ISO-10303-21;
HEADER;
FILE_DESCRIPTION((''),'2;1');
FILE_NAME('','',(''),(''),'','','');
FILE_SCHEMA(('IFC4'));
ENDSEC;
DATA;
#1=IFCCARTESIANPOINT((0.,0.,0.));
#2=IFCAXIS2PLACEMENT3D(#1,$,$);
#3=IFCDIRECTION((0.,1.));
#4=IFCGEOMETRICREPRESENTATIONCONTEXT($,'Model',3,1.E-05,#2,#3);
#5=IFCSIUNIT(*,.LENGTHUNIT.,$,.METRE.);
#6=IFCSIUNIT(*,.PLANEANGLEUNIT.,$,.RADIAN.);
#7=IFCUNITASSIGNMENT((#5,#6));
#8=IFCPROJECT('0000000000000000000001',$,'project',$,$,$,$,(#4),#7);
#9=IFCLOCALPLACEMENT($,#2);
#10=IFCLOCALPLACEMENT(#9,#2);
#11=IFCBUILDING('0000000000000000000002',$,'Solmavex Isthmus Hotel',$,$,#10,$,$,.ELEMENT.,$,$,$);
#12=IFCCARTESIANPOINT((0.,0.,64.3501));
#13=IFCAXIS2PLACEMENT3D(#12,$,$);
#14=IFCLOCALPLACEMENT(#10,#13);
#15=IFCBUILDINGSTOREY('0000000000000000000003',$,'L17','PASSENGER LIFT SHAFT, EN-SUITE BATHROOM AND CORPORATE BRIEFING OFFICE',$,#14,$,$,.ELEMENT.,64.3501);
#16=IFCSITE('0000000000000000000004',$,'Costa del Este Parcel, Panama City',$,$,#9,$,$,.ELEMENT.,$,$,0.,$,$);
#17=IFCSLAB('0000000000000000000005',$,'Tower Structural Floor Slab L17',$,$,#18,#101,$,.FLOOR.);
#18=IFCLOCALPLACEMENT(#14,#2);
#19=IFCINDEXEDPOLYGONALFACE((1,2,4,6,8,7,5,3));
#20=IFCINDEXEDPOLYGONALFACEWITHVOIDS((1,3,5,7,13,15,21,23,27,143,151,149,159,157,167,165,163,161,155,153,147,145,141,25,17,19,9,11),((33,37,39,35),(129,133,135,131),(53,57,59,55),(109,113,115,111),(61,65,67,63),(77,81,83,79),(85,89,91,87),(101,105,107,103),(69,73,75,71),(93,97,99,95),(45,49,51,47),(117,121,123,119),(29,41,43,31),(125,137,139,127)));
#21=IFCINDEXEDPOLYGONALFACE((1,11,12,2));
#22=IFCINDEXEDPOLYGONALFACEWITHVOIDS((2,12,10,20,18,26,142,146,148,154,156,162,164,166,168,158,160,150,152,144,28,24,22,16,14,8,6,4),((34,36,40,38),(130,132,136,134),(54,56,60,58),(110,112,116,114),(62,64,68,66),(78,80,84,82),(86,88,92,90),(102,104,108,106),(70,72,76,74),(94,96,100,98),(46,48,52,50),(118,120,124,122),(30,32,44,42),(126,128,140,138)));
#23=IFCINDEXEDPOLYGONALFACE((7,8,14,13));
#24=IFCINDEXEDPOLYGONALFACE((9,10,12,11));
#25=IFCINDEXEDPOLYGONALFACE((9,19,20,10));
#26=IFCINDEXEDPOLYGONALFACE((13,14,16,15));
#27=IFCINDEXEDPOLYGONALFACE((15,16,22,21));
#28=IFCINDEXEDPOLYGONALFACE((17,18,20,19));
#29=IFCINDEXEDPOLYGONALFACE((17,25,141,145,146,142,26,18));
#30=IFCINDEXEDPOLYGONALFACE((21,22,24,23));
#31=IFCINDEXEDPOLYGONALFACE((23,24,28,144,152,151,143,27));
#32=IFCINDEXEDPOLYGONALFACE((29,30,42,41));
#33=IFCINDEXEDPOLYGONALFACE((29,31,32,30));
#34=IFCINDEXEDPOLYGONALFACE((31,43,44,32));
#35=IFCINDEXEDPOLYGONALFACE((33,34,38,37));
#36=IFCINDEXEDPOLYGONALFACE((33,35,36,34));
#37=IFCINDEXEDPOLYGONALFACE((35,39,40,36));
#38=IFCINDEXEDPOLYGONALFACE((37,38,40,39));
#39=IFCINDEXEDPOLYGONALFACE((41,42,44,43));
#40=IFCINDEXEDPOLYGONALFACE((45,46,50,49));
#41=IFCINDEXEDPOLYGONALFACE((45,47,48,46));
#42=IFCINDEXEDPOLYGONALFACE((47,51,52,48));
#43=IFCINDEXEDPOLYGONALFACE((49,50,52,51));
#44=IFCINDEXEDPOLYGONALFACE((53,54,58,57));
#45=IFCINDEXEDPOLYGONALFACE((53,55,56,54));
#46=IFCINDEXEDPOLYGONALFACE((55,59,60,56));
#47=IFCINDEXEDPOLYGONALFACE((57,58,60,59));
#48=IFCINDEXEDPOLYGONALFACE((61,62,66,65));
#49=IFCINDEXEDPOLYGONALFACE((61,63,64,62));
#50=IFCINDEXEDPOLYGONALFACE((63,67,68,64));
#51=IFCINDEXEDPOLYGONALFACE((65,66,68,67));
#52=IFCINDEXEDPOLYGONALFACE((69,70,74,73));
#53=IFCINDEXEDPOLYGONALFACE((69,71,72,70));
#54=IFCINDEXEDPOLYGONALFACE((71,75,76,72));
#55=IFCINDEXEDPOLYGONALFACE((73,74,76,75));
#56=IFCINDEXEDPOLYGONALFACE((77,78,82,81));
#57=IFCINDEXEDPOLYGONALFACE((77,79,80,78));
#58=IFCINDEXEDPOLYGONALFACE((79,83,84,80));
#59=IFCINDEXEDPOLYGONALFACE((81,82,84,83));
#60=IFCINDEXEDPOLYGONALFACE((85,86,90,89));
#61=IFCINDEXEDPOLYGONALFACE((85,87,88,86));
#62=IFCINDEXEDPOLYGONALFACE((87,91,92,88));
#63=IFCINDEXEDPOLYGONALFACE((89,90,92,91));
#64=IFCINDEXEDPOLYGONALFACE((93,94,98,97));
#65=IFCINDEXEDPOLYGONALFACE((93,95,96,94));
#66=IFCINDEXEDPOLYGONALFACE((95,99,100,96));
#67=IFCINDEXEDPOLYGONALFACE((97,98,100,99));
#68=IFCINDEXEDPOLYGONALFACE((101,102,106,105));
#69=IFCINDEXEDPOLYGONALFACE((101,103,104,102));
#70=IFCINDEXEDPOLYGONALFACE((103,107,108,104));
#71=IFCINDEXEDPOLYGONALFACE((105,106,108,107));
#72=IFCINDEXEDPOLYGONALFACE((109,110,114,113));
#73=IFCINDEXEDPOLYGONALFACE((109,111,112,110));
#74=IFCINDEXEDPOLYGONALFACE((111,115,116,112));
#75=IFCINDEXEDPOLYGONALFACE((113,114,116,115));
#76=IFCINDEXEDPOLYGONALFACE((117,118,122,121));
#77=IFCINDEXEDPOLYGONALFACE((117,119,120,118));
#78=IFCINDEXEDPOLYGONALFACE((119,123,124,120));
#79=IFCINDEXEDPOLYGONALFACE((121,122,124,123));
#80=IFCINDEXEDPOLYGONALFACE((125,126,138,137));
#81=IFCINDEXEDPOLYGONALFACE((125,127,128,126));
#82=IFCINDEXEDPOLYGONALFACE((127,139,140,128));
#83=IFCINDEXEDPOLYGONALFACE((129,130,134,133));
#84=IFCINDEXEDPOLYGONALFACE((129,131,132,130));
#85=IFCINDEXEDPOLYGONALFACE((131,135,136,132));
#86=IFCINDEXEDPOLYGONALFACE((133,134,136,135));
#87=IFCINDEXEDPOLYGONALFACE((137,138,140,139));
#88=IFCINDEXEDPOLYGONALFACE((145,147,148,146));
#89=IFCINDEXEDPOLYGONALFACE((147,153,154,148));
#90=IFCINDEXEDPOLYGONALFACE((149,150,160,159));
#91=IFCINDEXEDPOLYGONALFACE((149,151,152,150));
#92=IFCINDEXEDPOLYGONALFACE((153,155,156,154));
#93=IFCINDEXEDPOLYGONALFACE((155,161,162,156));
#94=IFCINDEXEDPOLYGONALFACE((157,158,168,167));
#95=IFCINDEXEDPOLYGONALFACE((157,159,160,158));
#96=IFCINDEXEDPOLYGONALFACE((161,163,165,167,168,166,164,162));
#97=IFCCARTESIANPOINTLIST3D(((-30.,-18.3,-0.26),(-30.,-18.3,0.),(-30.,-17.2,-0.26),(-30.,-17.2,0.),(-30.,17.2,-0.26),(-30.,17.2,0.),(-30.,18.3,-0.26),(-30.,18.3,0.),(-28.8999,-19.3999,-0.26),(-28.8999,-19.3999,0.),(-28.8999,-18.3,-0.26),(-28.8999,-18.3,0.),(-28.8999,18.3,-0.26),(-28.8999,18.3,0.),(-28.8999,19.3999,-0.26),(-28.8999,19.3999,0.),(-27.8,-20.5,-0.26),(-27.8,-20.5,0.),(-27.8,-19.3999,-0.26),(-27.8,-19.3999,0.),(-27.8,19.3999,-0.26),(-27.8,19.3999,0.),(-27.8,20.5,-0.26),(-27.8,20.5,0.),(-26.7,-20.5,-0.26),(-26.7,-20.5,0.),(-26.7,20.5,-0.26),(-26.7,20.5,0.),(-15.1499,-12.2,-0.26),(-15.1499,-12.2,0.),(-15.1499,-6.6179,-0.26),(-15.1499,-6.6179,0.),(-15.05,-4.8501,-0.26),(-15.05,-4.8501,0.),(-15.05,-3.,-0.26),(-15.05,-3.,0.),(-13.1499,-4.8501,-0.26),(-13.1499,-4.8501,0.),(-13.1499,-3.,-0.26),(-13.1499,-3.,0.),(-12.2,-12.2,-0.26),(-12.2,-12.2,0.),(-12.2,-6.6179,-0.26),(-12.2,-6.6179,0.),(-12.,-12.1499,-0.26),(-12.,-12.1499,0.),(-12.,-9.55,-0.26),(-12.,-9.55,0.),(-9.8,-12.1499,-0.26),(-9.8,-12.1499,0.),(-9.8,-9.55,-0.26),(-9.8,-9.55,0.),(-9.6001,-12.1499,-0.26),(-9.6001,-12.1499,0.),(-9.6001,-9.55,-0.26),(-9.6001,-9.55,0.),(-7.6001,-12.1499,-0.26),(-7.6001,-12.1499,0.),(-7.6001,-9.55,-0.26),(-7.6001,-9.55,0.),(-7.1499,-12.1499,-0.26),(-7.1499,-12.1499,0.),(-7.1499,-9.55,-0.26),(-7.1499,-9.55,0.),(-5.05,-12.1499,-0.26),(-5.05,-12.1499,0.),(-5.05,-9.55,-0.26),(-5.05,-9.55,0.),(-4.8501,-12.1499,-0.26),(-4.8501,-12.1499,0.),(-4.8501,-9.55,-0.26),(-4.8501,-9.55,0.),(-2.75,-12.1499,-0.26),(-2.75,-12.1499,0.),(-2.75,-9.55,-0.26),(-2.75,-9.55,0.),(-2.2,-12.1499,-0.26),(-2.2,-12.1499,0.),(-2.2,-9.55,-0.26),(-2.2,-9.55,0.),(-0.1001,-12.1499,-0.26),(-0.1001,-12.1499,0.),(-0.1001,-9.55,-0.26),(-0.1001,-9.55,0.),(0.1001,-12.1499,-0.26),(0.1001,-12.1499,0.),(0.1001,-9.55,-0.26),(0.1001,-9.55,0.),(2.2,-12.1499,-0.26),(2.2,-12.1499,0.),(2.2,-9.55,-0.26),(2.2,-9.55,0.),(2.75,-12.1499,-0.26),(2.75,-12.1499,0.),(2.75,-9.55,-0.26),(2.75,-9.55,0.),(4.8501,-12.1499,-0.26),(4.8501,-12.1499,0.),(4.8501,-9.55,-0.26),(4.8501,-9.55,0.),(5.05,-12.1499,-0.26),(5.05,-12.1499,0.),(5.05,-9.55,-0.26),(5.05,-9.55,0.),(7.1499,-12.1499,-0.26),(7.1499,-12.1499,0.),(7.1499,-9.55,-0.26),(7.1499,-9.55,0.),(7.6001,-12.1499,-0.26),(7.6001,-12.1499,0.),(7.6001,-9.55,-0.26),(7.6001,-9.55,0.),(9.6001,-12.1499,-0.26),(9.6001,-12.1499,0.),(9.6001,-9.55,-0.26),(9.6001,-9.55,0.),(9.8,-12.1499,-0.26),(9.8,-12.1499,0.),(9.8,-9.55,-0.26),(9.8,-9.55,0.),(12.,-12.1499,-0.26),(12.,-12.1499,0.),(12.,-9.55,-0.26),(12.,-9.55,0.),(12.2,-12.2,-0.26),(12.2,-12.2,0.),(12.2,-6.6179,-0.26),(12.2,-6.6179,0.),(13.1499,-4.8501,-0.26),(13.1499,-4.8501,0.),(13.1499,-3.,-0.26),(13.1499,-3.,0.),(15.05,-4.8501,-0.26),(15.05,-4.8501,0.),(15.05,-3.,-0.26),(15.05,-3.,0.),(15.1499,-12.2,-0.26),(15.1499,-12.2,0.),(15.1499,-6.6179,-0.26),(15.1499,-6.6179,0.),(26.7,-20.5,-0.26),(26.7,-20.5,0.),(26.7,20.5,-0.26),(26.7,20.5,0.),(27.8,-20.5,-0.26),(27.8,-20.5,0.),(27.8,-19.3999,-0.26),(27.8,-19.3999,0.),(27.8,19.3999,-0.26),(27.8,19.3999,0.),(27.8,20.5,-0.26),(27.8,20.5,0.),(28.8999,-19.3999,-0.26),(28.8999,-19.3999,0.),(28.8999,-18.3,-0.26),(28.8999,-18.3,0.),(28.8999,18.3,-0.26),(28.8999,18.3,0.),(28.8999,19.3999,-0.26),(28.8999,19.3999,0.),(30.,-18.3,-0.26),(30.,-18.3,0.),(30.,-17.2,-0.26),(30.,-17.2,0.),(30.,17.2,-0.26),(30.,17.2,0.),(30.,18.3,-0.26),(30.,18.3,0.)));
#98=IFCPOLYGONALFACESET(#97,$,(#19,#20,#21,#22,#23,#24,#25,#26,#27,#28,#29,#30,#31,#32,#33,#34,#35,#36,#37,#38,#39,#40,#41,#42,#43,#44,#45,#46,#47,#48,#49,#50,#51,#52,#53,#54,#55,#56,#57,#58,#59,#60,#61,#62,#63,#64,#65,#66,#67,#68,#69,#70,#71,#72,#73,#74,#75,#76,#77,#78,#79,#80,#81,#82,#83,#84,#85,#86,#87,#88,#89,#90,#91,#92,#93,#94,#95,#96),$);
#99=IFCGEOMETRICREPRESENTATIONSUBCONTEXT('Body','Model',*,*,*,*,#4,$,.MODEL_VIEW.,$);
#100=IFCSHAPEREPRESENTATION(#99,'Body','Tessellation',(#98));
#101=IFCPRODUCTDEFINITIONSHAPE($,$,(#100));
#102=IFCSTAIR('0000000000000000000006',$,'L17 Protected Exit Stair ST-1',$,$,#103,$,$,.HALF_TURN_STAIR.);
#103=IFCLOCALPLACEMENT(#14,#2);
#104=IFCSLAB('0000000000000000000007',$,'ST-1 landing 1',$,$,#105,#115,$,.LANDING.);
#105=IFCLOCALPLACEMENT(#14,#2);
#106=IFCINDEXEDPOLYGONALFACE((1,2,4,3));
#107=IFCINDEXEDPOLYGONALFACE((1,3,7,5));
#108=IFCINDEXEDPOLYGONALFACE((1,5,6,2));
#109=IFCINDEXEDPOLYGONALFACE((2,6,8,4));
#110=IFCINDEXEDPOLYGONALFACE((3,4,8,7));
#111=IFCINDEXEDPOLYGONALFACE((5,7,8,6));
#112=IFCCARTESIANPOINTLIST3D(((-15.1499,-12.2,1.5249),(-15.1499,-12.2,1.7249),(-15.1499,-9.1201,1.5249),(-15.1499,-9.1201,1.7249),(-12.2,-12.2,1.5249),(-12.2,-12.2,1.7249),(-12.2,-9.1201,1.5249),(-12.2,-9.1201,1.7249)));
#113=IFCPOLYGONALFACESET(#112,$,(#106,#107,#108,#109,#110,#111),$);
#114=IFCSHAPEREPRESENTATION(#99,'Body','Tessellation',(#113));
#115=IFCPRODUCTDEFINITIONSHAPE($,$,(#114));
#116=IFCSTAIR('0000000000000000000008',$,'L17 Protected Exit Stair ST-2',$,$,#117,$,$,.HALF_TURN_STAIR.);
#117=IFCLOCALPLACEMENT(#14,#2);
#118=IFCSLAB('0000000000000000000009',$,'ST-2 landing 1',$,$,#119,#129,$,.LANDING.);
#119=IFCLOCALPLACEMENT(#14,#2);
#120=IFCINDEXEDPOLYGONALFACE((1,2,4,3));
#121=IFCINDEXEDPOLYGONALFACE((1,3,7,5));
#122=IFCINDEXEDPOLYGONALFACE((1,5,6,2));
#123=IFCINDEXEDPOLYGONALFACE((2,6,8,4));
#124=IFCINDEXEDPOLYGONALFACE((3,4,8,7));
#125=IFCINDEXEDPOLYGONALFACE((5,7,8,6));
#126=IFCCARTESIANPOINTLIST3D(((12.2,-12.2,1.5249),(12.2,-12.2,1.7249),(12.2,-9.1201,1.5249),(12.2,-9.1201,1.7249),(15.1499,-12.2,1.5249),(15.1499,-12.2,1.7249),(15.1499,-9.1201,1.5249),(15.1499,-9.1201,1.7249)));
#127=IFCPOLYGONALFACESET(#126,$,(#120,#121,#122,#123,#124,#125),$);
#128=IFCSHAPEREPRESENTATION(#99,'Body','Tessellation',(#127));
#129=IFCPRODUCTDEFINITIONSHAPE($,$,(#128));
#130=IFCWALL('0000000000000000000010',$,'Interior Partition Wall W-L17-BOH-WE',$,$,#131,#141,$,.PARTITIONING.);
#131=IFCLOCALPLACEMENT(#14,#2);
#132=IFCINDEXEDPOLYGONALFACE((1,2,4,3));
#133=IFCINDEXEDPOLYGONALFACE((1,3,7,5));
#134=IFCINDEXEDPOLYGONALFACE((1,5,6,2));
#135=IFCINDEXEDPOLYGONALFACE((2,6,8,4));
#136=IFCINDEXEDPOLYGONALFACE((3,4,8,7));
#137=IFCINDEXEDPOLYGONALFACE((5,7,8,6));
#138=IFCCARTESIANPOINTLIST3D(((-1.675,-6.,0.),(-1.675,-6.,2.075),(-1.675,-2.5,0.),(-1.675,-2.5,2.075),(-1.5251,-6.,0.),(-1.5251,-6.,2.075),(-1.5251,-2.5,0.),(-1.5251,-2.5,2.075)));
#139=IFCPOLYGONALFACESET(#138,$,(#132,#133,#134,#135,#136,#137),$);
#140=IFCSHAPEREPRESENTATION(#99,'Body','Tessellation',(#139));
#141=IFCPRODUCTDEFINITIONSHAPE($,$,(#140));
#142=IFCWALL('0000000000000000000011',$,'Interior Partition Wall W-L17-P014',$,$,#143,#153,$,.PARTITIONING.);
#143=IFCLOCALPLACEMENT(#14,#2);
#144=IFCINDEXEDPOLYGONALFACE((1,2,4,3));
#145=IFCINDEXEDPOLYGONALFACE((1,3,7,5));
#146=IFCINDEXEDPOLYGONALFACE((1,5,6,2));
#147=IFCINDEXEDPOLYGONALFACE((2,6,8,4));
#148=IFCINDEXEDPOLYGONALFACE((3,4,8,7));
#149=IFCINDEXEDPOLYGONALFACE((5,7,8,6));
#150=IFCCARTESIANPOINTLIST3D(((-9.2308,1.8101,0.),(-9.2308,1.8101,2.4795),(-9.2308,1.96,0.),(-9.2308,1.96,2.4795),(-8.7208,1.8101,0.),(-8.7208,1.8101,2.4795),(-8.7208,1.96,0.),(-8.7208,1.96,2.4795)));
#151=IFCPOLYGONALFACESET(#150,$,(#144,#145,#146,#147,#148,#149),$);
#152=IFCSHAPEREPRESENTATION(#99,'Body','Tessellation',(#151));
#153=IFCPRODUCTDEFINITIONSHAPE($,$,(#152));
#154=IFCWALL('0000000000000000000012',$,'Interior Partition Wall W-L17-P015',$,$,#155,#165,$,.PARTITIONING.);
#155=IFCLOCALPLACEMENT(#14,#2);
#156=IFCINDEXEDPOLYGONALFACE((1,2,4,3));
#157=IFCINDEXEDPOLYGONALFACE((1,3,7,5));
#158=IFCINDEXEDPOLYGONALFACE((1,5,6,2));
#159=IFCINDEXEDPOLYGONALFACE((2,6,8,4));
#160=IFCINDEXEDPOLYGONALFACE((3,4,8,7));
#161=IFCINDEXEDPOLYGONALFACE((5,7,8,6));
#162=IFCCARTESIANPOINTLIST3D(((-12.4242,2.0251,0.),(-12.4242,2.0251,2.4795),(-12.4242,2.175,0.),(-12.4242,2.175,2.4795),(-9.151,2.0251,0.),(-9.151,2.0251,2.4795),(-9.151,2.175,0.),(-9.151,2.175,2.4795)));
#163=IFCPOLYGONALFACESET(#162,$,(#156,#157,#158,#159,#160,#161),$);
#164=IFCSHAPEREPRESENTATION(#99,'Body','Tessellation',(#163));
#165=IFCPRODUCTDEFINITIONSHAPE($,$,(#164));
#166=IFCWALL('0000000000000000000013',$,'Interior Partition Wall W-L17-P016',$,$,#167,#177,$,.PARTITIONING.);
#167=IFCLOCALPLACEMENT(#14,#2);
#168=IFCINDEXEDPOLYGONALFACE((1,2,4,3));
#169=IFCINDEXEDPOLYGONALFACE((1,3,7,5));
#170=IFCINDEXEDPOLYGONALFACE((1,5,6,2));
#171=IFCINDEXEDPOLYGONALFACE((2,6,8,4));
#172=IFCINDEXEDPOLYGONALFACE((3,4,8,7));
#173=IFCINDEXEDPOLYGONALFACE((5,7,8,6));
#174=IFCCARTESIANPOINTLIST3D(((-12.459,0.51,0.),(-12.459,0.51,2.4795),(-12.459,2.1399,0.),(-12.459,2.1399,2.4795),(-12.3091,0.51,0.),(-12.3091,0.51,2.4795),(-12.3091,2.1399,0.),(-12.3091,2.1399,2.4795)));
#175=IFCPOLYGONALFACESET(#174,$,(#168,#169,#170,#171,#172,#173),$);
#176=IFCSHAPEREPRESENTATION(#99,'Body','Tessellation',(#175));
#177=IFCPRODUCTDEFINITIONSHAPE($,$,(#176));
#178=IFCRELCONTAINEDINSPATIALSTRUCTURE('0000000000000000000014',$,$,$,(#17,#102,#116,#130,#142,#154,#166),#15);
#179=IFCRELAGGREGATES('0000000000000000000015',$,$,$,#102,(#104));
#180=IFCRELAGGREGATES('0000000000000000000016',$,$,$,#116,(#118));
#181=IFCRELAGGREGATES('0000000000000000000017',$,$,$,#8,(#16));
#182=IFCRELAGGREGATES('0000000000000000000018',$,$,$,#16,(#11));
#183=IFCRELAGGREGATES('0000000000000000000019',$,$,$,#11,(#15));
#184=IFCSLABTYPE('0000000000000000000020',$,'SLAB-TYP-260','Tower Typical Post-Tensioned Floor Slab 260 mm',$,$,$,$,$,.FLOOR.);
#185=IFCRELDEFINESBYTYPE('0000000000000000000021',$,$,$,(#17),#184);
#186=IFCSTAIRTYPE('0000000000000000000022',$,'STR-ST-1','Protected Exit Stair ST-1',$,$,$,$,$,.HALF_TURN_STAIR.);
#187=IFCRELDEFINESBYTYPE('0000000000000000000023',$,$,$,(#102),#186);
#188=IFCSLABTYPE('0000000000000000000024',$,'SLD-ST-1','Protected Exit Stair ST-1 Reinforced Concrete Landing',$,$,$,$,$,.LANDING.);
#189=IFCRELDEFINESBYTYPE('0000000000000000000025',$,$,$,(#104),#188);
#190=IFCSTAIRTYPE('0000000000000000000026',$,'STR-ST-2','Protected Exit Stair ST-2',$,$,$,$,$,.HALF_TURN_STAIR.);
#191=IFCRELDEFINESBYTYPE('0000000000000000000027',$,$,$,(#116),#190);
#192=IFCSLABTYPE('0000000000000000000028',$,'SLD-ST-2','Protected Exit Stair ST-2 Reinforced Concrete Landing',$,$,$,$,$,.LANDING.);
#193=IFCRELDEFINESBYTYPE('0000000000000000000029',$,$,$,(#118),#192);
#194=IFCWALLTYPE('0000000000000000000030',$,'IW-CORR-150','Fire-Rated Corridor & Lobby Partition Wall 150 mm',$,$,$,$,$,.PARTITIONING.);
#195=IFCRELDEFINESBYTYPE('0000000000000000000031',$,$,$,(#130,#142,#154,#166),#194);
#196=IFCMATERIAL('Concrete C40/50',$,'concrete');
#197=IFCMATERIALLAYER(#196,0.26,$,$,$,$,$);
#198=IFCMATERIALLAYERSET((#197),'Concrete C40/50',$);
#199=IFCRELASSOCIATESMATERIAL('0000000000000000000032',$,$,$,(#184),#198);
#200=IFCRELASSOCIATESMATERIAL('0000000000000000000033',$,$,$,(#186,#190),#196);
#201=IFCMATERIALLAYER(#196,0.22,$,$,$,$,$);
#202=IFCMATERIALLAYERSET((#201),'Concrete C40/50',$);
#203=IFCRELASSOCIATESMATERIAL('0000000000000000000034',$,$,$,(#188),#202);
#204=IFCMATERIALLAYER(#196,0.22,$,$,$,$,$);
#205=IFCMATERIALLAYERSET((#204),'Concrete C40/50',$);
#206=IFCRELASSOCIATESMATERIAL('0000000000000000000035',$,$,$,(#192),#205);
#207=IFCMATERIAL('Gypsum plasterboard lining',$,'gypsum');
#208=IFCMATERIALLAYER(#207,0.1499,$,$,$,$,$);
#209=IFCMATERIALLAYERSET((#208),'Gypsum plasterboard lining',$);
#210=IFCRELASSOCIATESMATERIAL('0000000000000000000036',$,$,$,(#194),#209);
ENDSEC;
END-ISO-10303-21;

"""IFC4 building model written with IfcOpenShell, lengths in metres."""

from ifc_helpers import new_model, si_unit, direction, frame, frame_2d, origin, place, context, subcontext, project, spatial, polyline, rectangle, outline, extrude, material, layer, layer_set, type_object, element, aggregate, save


model = new_model("IFC4")

# Units and contexts
model_context = context("Model", 3, precision=1e-05, world=origin(), true_north=direction((0.0, 1.0)))
body_context = subcontext(model_context, "Body", "Model", "MODEL_VIEW")
ifc_project = project(units=[si_unit("LENGTHUNIT", "METRE"), si_unit("PLANEANGLEUNIT", "RADIAN")], contexts=[model_context])

# Site, building, storey
site_placement = place(None, origin())
site = spatial("IfcSite", under=ifc_project, at=site_placement, Name="Costa del Este Parcel, Panama City", CompositionType="ELEMENT", RefElevation=0.0)
building_placement = place(site_placement, origin())
building = spatial("IfcBuilding", under=site, at=building_placement, Name="Solmavex Isthmus Hotel", CompositionType="ELEMENT")
storey_placement = place(building_placement, frame((0.0, 0.0, 64.3501)))
storey = spatial("IfcBuildingStorey", under=building, at=storey_placement, Name="L17", Description="PASSENGER LIFT SHAFT, EN-SUITE BATHROOM AND CORPORATE BRIEFING OFFICE", CompositionType="ELEMENT", Elevation=64.3501)

# Slab
ifc_material_1 = material(Name="Concrete C40/50", Category="concrete")
ifc_layer_1 = layer(ifc_material_1, 0.26)
ifc_layer_set_1 = layer_set([ifc_layer_1], Name="Concrete C40/50")
slab_type_1 = type_object("IfcSlabType", Name="SLAB-TYP-260", Description="Tower Typical Post-Tensioned Floor Slab 260 mm", PredefinedType="FLOOR", material=ifc_layer_set_1)
slab_1_placement = place(storey_placement, frame((0.0, 0.0, -0.26)))
element("IfcSlab", 1, at=slab_1_placement, inside=storey, type_object=slab_type_1, Name="Tower Structural Floor Slab L17", PredefinedType="FLOOR", context=body_context, shape_type="SweptSolid", body=[
    extrude(outline(polyline([(-26.7, -20.5), (26.7, -20.5), (27.8, -20.5), (27.8, -19.3999), (28.8999, -19.3999), (28.8999, -18.3), (30.0, -18.3), (30.0, -17.2), (30.0, 17.2), (30.0, 18.3), (28.8999, 18.3), (28.8999, 19.3999), (27.8, 19.3999), (27.8, 20.5), (26.7, 20.5), (-26.7, 20.5), (-27.8, 20.5), (-27.8, 19.3999), (-28.8999, 19.3999), (-28.8999, 18.3), (-30.0, 18.3), (-30.0, 17.2), (-30.0, -17.2), (-30.0, -18.3), (-28.8999, -18.3), (-28.8999, -19.3999), (-27.8, -19.3999), (-27.8, -20.5), (-26.7, -20.5)]), holes=[polyline([(-15.1499, -6.6179), (-15.1499, -12.2), (-12.2, -12.2), (-12.2, -6.6179), (-15.1499, -6.6179)]), polyline([(12.2, -6.6179), (12.2, -12.2), (15.1499, -12.2), (15.1499, -6.6179), (12.2, -6.6179)]), polyline([(-12.0, -12.1499), (-9.8, -12.1499), (-9.8, -9.55), (-12.0, -9.55), (-12.0, -12.1499)]), polyline([(9.8, -12.1499), (12.0, -12.1499), (12.0, -9.55), (9.8, -9.55), (9.8, -12.1499)]), polyline([(-9.6001, -12.1499), (-7.6001, -12.1499), (-7.6001, -9.55), (-9.6001, -9.55), (-9.6001, -12.1499)]), polyline([(7.6001, -12.1499), (9.6001, -12.1499), (9.6001, -9.55), (7.6001, -9.55), (7.6001, -12.1499)]), polyline([(-7.1499, -12.1499), (-5.05, -12.1499), (-5.05, -9.55), (-7.1499, -9.55), (-7.1499, -12.1499)]), polyline([(-4.8501, -12.1499), (-2.75, -12.1499), (-2.75, -9.55), (-4.8501, -9.55), (-4.8501, -12.1499)]), polyline([(-2.2, -12.1499), (-0.1001, -12.1499), (-0.1001, -9.55), (-2.2, -9.55), (-2.2, -12.1499)]), polyline([(0.1001, -12.1499), (2.2, -12.1499), (2.2, -9.55), (0.1001, -9.55), (0.1001, -12.1499)]), polyline([(2.75, -12.1499), (4.8501, -12.1499), (4.8501, -9.55), (2.75, -9.55), (2.75, -12.1499)]), polyline([(5.05, -12.1499), (7.1499, -12.1499), (7.1499, -9.55), (5.05, -9.55), (5.05, -12.1499)]), polyline([(-15.05, -4.8501), (-13.1499, -4.8501), (-13.1499, -3.0), (-15.05, -3.0), (-15.05, -4.8501)]), polyline([(13.1499, -4.8501), (15.05, -4.8501), (15.05, -3.0), (13.1499, -3.0), (13.1499, -4.8501)])]), origin(), (0.0, 0.0, 1.0), 0.26),
])

# Stairs, slabs
stair_type_1 = type_object("IfcStairType", Name="STR-ST-1", Description="Protected Exit Stair ST-1", PredefinedType="HALF_TURN_STAIR", material=ifc_material_1)
stair_1_placement = place(storey_placement, origin())
stair_1 = element("IfcStair", 2, at=stair_1_placement, inside=storey, type_object=stair_type_1, Name="L17 Protected Exit Stair ST-1", PredefinedType="HALF_TURN_STAIR")
ifc_layer_2 = layer(ifc_material_1, 0.22)
ifc_layer_set_2 = layer_set([ifc_layer_2], Name="Concrete C40/50")
slab_type_2 = type_object("IfcSlabType", Name="SLD-ST-1", Description="Protected Exit Stair ST-1 Reinforced Concrete Landing", PredefinedType="LANDING", material=ifc_layer_set_2)
slab_2_placement = place(storey_placement, frame((0.0, 0.0, 1.5249)))
slab_2 = element("IfcSlab", 3, at=slab_2_placement, type_object=slab_type_2, Name="ST-1 landing 1", PredefinedType="LANDING", context=body_context, shape_type="SweptSolid", body=[
    extrude(outline(polyline([(-15.1499, -9.1201), (-15.1499, -12.2), (-12.2, -12.2), (-12.2, -9.1201), (-15.1499, -9.1201)])), origin(), (0.0, 0.0, 1.0), 0.2),
])
aggregate(stair_1, [slab_2])
stair_type_2 = type_object("IfcStairType", Name="STR-ST-2", Description="Protected Exit Stair ST-2", PredefinedType="HALF_TURN_STAIR", material=ifc_material_1)
stair_2_placement = place(storey_placement, origin())
stair_2 = element("IfcStair", 4, at=stair_2_placement, inside=storey, type_object=stair_type_2, Name="L17 Protected Exit Stair ST-2", PredefinedType="HALF_TURN_STAIR")
ifc_layer_3 = layer(ifc_material_1, 0.22)
ifc_layer_set_3 = layer_set([ifc_layer_3], Name="Concrete C40/50")
slab_type_3 = type_object("IfcSlabType", Name="SLD-ST-2", Description="Protected Exit Stair ST-2 Reinforced Concrete Landing", PredefinedType="LANDING", material=ifc_layer_set_3)
slab_3_placement = place(storey_placement, frame((0.0, 0.0, 1.5249)))
slab_3 = element("IfcSlab", 5, at=slab_3_placement, type_object=slab_type_3, Name="ST-2 landing 1", PredefinedType="LANDING", context=body_context, shape_type="SweptSolid", body=[
    extrude(outline(polyline([(12.2, -9.1201), (12.2, -12.2), (15.1499, -12.2), (15.1499, -9.1201), (12.2, -9.1201)])), origin(), (0.0, 0.0, 1.0), 0.2),
])
aggregate(stair_2, [slab_3])

# Walls
ifc_material_2 = material(Name="Gypsum plasterboard lining", Category="gypsum")
ifc_layer_4 = layer(ifc_material_2, 0.1499)
ifc_layer_set_4 = layer_set([ifc_layer_4], Name="Gypsum plasterboard lining")
wall_type_1 = type_object("IfcWallType", Name="IW-CORR-150", Description="Fire-Rated Corridor & Lobby Partition Wall 150 mm", PredefinedType="PARTITIONING", material=ifc_layer_set_4)
wall_1_placement = place(storey_placement, frame((-1.6001, -6.0, 0.0), z_axis=(0.0, 0.0, 1.0), x_axis=(0.0, 1.0, 0.0)))
element("IfcWall", 6, at=wall_1_placement, inside=storey, type_object=wall_type_1, Name="Interior Partition Wall W-L17-BOH-WE", PredefinedType="PARTITIONING", context=body_context, shape_type="SweptSolid", body=[
    extrude(rectangle(XDim=3.5, YDim=0.1499, at=frame_2d((1.75, 0.0))), origin(), (0.0, 0.0, 1.0), 2.075),
])
wall_2_placement = place(storey_placement, frame((-8.7209, 1.885, 0.0), z_axis=(0.0, 0.0, 1.0), x_axis=(-1.0, 0.0, 0.0)))
element("IfcWall", 7, at=wall_2_placement, inside=storey, type_object=wall_type_1, Name="Interior Partition Wall W-L17-P014", PredefinedType="PARTITIONING", context=body_context, shape_type="SweptSolid", body=[
    extrude(rectangle(XDim=0.51, YDim=0.1499, at=frame_2d((0.2549, 0.0))), origin(), (0.0, 0.0, 1.0), 2.4795),
])
wall_3_placement = place(storey_placement, frame((-9.1509, 2.1001, 0.0), z_axis=(0.0, 0.0, 1.0), x_axis=(-1.0, 0.0, 0.0)))
element("IfcWall", 8, at=wall_3_placement, inside=storey, type_object=wall_type_1, Name="Interior Partition Wall W-L17-P015", PredefinedType="PARTITIONING", context=body_context, shape_type="SweptSolid", body=[
    extrude(rectangle(XDim=3.2732, YDim=0.1499, at=frame_2d((1.6367, 0.0))), origin(), (0.0, 0.0, 1.0), 2.4795),
])
wall_4_placement = place(storey_placement, frame((-12.384, 2.1399, 0.0), z_axis=(0.0, 0.0, 1.0), x_axis=(0.0, -1.0, 0.0)))
element("IfcWall", 9, at=wall_4_placement, inside=storey, type_object=wall_type_1, Name="Interior Partition Wall W-L17-P016", PredefinedType="PARTITIONING", context=body_context, shape_type="SweptSolid", body=[
    extrude(rectangle(XDim=1.6299, YDim=0.1499, at=frame_2d((0.8149, 0.0))), origin(), (0.0, 0.0, 1.0), 2.4795),
])

save(model, "model.ifc")
